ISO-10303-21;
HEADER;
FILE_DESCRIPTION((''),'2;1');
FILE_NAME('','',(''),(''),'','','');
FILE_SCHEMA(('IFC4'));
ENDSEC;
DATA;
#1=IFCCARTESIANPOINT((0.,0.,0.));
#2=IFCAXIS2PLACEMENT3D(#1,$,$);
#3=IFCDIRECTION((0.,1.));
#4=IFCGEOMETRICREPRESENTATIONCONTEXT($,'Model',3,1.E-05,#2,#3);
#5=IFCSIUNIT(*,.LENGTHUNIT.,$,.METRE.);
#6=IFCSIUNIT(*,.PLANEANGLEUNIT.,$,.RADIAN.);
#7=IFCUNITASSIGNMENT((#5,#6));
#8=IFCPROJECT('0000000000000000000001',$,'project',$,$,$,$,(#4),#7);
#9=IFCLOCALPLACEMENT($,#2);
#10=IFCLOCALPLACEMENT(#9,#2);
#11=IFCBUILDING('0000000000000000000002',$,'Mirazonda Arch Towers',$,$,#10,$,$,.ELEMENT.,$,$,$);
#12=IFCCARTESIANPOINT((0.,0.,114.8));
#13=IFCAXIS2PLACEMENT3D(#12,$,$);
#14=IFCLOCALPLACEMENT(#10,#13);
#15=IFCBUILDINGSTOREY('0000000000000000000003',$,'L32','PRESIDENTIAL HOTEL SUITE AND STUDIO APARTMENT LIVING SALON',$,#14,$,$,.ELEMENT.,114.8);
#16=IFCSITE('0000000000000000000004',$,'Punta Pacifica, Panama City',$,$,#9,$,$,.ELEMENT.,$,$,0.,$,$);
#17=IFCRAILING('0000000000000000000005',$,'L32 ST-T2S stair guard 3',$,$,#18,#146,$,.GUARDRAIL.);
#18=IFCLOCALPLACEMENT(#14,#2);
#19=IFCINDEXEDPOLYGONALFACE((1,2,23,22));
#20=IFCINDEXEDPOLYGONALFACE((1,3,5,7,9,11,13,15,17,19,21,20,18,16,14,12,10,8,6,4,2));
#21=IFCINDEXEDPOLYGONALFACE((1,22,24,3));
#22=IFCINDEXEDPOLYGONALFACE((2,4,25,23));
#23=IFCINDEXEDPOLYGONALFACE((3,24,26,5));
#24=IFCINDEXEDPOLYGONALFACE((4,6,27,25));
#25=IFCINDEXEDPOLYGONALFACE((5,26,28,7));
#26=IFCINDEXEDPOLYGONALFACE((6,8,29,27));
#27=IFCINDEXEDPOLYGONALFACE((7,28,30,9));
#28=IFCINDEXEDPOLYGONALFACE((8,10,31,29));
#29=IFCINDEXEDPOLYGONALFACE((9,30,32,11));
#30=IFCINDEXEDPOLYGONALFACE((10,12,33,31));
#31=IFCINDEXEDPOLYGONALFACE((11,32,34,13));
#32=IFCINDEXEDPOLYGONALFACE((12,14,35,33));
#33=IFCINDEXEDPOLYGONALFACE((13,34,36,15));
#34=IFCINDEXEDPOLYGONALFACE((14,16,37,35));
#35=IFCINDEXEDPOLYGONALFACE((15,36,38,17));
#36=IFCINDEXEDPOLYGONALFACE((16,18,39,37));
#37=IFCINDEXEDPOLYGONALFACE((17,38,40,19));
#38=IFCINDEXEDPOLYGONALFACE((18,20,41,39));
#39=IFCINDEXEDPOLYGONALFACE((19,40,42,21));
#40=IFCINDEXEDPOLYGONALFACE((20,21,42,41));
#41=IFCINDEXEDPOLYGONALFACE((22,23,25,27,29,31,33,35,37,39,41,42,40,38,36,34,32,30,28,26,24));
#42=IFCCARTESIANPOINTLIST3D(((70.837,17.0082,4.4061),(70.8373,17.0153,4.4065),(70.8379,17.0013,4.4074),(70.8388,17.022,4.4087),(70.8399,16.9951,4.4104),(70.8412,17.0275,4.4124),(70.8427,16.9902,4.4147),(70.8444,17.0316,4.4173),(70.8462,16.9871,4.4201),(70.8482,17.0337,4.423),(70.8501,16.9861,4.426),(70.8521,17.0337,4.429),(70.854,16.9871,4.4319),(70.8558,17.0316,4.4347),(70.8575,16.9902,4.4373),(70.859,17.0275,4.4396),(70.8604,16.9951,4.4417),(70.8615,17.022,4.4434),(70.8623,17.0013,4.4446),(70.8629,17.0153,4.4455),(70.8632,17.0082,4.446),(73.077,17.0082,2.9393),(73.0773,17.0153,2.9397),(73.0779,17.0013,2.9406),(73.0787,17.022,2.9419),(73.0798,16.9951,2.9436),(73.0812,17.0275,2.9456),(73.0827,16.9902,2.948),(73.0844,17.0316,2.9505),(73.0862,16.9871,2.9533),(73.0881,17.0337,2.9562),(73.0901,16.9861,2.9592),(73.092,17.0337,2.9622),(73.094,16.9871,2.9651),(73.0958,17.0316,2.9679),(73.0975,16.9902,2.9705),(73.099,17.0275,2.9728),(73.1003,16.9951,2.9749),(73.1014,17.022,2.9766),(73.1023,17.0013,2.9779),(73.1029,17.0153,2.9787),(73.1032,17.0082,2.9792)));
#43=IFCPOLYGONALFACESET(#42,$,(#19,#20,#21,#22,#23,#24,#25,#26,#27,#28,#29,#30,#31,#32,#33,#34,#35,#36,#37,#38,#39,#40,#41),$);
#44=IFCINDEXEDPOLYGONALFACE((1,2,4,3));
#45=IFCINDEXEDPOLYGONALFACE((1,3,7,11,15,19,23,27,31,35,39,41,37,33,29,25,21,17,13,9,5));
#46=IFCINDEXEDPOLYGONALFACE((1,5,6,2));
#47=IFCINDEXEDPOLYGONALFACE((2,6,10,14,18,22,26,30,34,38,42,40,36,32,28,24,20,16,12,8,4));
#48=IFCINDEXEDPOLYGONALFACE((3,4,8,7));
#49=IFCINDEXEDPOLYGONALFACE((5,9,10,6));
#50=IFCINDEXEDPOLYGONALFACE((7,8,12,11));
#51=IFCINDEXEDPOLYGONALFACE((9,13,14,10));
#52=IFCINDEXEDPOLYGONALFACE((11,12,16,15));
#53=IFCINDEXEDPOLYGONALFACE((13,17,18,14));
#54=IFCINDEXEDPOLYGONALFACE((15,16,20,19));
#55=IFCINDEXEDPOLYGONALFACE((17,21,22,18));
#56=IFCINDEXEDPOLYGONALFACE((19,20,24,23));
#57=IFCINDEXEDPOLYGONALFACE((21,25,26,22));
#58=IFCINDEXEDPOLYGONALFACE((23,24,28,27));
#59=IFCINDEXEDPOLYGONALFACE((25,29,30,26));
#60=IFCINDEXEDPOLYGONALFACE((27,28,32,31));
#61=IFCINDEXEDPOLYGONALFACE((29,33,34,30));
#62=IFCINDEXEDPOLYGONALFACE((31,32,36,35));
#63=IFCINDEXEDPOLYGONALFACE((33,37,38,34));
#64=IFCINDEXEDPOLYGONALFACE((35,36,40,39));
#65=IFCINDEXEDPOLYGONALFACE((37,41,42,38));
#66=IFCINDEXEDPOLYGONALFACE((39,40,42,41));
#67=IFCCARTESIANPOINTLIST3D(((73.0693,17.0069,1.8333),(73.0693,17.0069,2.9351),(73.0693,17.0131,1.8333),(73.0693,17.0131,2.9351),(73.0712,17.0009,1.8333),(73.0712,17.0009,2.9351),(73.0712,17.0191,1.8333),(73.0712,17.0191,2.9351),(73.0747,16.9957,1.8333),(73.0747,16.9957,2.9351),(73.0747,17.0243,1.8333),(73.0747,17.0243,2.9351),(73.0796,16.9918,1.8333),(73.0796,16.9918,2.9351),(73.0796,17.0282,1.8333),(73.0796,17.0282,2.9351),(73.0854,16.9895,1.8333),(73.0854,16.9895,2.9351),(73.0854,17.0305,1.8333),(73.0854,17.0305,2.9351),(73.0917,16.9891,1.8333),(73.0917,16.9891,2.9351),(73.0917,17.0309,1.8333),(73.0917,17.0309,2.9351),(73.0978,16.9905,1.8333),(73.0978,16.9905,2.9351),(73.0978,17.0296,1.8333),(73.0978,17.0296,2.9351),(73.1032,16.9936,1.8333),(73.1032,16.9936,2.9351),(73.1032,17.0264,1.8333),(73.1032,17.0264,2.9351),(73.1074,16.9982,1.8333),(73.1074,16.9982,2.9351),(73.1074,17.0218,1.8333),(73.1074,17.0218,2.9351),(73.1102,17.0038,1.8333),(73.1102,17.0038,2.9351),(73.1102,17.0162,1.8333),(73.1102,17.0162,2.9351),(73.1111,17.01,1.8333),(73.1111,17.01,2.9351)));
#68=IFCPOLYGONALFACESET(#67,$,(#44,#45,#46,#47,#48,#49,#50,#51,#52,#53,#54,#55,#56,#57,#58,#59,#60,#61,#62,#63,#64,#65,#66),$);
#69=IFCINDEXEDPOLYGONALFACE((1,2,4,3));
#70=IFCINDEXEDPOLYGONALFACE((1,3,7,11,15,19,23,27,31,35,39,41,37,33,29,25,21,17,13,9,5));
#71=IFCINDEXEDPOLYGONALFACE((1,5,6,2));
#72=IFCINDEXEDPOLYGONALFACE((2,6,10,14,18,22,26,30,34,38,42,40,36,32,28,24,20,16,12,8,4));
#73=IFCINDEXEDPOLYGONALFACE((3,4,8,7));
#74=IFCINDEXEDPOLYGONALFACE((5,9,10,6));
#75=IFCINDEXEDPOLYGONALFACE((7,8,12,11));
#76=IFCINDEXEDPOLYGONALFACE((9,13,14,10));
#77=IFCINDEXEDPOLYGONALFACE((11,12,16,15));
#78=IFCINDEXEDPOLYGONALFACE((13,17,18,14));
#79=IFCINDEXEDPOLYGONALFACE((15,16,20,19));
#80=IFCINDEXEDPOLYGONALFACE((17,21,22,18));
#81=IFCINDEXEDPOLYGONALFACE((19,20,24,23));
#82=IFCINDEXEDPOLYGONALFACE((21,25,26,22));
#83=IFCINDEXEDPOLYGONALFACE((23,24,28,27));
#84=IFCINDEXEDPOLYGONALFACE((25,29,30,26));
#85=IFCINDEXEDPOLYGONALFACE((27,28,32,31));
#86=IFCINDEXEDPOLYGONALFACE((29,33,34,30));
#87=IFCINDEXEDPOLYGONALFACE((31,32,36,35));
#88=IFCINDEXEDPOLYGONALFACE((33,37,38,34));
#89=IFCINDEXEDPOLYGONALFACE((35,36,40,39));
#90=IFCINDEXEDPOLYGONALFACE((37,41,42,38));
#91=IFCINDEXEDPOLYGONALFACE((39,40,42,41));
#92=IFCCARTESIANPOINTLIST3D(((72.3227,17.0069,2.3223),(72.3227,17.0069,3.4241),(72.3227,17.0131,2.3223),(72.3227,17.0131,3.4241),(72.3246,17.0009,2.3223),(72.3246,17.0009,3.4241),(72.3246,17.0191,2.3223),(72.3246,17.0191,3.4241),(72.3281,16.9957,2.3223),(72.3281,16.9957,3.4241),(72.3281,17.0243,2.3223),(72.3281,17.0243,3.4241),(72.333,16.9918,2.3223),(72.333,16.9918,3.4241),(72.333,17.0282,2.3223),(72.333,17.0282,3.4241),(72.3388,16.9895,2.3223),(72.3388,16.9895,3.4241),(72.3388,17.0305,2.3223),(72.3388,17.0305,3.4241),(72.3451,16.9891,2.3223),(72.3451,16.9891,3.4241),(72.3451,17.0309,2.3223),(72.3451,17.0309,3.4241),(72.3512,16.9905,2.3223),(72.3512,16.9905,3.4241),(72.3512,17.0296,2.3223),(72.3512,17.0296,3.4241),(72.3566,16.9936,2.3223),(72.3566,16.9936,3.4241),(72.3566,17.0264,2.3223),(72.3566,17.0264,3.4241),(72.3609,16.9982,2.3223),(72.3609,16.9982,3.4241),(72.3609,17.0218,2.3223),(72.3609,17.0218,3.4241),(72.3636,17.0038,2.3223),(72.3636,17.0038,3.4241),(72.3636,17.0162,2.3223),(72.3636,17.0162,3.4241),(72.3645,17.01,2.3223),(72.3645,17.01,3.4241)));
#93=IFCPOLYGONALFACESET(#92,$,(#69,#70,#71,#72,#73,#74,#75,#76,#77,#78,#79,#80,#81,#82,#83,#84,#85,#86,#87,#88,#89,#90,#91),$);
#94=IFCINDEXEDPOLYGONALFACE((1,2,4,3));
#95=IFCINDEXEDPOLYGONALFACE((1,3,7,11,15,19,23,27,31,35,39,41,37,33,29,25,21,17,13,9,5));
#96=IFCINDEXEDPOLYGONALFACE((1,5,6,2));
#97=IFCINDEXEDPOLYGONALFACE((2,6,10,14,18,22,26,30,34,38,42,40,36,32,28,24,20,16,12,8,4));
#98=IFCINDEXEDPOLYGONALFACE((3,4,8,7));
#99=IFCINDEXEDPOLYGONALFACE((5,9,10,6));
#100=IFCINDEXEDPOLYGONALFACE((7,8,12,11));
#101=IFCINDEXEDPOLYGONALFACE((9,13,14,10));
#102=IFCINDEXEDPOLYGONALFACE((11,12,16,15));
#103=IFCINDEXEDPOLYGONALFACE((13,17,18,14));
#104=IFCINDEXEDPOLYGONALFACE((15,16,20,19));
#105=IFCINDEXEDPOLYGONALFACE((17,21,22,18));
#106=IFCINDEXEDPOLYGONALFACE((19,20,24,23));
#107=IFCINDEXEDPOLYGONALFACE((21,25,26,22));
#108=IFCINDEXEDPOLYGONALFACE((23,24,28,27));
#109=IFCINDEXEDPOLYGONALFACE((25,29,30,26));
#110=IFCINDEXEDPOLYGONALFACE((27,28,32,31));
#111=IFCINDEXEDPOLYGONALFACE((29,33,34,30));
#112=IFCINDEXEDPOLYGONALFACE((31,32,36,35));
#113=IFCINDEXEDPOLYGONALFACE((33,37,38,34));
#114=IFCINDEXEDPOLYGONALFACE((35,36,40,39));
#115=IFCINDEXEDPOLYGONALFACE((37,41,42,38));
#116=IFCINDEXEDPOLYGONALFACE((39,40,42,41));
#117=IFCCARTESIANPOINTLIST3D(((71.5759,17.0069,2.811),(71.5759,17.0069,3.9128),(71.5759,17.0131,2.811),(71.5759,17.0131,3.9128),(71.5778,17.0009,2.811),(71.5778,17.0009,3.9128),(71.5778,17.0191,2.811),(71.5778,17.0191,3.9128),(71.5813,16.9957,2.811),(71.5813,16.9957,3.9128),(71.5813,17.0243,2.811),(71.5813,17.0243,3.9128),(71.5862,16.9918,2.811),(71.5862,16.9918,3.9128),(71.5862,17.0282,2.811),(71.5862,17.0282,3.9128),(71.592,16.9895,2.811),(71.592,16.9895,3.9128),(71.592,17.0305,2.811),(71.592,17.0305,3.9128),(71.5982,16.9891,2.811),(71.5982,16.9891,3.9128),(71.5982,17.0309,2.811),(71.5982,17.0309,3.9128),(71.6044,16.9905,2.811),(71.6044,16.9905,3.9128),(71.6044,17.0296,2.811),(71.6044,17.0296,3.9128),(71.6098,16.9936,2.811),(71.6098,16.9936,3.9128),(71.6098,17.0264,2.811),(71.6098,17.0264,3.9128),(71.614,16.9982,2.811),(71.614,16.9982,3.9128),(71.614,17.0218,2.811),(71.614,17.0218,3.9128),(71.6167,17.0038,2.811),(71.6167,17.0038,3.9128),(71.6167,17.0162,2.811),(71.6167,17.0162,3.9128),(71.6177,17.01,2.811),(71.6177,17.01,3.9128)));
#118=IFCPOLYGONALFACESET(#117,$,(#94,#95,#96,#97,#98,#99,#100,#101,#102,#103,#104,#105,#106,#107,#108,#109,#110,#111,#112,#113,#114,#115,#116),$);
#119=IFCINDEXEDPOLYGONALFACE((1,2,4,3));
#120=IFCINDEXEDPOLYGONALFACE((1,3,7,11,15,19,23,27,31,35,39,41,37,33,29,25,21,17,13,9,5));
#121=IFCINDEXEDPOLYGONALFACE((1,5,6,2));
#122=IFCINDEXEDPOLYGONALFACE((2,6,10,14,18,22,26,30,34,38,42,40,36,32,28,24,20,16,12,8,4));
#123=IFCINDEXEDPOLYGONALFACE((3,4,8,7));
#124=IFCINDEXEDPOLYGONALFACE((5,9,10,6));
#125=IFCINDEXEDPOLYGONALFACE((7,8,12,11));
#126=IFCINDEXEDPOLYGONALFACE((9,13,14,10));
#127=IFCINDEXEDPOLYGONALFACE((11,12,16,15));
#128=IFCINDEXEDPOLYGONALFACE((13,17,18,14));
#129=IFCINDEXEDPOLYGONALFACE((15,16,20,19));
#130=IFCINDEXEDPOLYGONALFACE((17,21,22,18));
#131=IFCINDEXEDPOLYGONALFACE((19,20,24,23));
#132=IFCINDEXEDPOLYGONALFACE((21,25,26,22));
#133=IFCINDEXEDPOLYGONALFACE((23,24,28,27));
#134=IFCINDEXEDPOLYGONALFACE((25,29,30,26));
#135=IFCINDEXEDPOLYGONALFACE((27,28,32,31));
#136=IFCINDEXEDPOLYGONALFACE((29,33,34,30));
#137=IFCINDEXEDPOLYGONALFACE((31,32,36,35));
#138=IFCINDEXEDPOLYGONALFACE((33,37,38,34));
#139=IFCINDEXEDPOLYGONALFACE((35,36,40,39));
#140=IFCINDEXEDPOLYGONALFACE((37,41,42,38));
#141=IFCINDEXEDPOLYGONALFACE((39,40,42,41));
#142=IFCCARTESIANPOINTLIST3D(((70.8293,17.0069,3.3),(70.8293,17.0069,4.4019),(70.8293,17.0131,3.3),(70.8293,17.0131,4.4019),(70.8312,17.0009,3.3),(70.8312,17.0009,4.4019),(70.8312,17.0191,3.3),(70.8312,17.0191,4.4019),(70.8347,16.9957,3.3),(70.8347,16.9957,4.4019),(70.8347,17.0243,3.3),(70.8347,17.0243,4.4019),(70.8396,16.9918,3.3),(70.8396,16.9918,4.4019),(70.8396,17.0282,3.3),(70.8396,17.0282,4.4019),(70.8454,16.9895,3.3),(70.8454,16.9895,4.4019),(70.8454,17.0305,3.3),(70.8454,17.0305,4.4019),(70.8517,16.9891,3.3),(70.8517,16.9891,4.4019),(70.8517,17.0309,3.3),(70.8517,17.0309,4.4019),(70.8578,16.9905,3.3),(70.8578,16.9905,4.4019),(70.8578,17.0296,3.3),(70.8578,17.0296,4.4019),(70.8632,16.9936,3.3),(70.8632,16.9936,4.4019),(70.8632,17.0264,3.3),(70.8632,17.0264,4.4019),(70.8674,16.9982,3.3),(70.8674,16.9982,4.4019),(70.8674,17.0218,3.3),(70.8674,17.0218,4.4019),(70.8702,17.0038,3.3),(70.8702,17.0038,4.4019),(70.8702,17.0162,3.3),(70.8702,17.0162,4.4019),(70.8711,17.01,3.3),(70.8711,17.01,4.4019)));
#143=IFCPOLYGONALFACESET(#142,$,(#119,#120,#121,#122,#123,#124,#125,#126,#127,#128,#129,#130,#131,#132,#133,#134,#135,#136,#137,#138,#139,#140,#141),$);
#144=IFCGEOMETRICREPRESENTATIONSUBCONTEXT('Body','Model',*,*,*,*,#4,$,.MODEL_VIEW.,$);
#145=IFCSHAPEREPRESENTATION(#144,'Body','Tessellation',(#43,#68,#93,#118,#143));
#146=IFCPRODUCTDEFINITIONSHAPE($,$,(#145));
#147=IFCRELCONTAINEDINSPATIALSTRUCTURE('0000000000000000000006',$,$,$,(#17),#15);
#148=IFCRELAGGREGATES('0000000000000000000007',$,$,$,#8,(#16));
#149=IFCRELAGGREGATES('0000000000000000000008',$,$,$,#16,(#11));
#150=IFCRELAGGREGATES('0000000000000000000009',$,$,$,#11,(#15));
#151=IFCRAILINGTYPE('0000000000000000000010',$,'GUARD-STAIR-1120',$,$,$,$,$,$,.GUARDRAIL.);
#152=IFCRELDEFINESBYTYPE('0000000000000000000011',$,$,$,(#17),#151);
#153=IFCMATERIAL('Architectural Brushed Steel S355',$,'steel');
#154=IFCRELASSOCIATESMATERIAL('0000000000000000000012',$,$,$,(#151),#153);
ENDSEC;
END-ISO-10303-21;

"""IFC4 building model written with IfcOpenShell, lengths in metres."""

from ifc_helpers import new_model, si_unit, direction, frame, origin, origin_2d, place, context, subcontext, project, spatial, circle, extrude, material, type_object, element, save


model = new_model("IFC4")

# Units and contexts
model_context = context("Model", 3, precision=1e-05, world=origin(), true_north=direction((0.0, 1.0)))
body_context = subcontext(model_context, "Body", "Model", "MODEL_VIEW")
ifc_project = project(units=[si_unit("LENGTHUNIT", "METRE"), si_unit("PLANEANGLEUNIT", "RADIAN")], contexts=[model_context])

# Site, building, storey
site_placement = place(None, origin())
site = spatial("IfcSite", under=ifc_project, at=site_placement, Name="Punta Pacifica, Panama City", CompositionType="ELEMENT", RefElevation=0.0)
building_placement = place(site_placement, origin())
building = spatial("IfcBuilding", under=site, at=building_placement, Name="Mirazonda Arch Towers", CompositionType="ELEMENT")
storey_placement = place(building_placement, frame((0.0, 0.0, 114.8)))
storey = spatial("IfcBuildingStorey", under=building, at=storey_placement, Name="L32", Description="PRESIDENTIAL HOTEL SUITE AND STUDIO APARTMENT LIVING SALON", CompositionType="ELEMENT", Elevation=114.8)

# Railing
ifc_material_1 = material(Name="Architectural Brushed Steel S355", Category="steel")
railing_type_1 = type_object("IfcRailingType", Name="GUARD-STAIR-1120", PredefinedType="GUARDRAIL", material=ifc_material_1)
railing_1_placement = place(storey_placement, frame((73.0901, 17.01, 1.8333)))
element("IfcRailing", 1, at=railing_1_placement, inside=storey, type_object=railing_type_1, Name="L32 ST-T2S stair guard 3", PredefinedType="GUARDRAIL", context=body_context, shape_type="SweptSolid", body=[
    extrude(circle(Radius=0.0239, at=origin_2d()), frame((0.0, 0.0, 1.126), z_axis=(-0.836595, 0.0, 0.547822), x_axis=(0.0, -1.0, 0.0)), (0.0, 0.0, 1.0), 2.6775),
    extrude(circle(Radius=0.021, at=origin_2d()), origin(), (0.0, 0.0, 1.0), 1.1018),
    extrude(circle(Radius=0.021, at=origin_2d()), frame((-0.7466, 0.0, 0.489)), (0.0, 0.0, 1.0), 1.1018),
    extrude(circle(Radius=0.021, at=origin_2d()), frame((-1.4934, 0.0, 0.9778)), (0.0, 0.0, 1.0), 1.1018),
    extrude(circle(Radius=0.021, at=origin_2d()), frame((-2.24, 0.0, 1.4668)), (0.0, 0.0, 1.0), 1.1018),
])

save(model, "model.ifc")
